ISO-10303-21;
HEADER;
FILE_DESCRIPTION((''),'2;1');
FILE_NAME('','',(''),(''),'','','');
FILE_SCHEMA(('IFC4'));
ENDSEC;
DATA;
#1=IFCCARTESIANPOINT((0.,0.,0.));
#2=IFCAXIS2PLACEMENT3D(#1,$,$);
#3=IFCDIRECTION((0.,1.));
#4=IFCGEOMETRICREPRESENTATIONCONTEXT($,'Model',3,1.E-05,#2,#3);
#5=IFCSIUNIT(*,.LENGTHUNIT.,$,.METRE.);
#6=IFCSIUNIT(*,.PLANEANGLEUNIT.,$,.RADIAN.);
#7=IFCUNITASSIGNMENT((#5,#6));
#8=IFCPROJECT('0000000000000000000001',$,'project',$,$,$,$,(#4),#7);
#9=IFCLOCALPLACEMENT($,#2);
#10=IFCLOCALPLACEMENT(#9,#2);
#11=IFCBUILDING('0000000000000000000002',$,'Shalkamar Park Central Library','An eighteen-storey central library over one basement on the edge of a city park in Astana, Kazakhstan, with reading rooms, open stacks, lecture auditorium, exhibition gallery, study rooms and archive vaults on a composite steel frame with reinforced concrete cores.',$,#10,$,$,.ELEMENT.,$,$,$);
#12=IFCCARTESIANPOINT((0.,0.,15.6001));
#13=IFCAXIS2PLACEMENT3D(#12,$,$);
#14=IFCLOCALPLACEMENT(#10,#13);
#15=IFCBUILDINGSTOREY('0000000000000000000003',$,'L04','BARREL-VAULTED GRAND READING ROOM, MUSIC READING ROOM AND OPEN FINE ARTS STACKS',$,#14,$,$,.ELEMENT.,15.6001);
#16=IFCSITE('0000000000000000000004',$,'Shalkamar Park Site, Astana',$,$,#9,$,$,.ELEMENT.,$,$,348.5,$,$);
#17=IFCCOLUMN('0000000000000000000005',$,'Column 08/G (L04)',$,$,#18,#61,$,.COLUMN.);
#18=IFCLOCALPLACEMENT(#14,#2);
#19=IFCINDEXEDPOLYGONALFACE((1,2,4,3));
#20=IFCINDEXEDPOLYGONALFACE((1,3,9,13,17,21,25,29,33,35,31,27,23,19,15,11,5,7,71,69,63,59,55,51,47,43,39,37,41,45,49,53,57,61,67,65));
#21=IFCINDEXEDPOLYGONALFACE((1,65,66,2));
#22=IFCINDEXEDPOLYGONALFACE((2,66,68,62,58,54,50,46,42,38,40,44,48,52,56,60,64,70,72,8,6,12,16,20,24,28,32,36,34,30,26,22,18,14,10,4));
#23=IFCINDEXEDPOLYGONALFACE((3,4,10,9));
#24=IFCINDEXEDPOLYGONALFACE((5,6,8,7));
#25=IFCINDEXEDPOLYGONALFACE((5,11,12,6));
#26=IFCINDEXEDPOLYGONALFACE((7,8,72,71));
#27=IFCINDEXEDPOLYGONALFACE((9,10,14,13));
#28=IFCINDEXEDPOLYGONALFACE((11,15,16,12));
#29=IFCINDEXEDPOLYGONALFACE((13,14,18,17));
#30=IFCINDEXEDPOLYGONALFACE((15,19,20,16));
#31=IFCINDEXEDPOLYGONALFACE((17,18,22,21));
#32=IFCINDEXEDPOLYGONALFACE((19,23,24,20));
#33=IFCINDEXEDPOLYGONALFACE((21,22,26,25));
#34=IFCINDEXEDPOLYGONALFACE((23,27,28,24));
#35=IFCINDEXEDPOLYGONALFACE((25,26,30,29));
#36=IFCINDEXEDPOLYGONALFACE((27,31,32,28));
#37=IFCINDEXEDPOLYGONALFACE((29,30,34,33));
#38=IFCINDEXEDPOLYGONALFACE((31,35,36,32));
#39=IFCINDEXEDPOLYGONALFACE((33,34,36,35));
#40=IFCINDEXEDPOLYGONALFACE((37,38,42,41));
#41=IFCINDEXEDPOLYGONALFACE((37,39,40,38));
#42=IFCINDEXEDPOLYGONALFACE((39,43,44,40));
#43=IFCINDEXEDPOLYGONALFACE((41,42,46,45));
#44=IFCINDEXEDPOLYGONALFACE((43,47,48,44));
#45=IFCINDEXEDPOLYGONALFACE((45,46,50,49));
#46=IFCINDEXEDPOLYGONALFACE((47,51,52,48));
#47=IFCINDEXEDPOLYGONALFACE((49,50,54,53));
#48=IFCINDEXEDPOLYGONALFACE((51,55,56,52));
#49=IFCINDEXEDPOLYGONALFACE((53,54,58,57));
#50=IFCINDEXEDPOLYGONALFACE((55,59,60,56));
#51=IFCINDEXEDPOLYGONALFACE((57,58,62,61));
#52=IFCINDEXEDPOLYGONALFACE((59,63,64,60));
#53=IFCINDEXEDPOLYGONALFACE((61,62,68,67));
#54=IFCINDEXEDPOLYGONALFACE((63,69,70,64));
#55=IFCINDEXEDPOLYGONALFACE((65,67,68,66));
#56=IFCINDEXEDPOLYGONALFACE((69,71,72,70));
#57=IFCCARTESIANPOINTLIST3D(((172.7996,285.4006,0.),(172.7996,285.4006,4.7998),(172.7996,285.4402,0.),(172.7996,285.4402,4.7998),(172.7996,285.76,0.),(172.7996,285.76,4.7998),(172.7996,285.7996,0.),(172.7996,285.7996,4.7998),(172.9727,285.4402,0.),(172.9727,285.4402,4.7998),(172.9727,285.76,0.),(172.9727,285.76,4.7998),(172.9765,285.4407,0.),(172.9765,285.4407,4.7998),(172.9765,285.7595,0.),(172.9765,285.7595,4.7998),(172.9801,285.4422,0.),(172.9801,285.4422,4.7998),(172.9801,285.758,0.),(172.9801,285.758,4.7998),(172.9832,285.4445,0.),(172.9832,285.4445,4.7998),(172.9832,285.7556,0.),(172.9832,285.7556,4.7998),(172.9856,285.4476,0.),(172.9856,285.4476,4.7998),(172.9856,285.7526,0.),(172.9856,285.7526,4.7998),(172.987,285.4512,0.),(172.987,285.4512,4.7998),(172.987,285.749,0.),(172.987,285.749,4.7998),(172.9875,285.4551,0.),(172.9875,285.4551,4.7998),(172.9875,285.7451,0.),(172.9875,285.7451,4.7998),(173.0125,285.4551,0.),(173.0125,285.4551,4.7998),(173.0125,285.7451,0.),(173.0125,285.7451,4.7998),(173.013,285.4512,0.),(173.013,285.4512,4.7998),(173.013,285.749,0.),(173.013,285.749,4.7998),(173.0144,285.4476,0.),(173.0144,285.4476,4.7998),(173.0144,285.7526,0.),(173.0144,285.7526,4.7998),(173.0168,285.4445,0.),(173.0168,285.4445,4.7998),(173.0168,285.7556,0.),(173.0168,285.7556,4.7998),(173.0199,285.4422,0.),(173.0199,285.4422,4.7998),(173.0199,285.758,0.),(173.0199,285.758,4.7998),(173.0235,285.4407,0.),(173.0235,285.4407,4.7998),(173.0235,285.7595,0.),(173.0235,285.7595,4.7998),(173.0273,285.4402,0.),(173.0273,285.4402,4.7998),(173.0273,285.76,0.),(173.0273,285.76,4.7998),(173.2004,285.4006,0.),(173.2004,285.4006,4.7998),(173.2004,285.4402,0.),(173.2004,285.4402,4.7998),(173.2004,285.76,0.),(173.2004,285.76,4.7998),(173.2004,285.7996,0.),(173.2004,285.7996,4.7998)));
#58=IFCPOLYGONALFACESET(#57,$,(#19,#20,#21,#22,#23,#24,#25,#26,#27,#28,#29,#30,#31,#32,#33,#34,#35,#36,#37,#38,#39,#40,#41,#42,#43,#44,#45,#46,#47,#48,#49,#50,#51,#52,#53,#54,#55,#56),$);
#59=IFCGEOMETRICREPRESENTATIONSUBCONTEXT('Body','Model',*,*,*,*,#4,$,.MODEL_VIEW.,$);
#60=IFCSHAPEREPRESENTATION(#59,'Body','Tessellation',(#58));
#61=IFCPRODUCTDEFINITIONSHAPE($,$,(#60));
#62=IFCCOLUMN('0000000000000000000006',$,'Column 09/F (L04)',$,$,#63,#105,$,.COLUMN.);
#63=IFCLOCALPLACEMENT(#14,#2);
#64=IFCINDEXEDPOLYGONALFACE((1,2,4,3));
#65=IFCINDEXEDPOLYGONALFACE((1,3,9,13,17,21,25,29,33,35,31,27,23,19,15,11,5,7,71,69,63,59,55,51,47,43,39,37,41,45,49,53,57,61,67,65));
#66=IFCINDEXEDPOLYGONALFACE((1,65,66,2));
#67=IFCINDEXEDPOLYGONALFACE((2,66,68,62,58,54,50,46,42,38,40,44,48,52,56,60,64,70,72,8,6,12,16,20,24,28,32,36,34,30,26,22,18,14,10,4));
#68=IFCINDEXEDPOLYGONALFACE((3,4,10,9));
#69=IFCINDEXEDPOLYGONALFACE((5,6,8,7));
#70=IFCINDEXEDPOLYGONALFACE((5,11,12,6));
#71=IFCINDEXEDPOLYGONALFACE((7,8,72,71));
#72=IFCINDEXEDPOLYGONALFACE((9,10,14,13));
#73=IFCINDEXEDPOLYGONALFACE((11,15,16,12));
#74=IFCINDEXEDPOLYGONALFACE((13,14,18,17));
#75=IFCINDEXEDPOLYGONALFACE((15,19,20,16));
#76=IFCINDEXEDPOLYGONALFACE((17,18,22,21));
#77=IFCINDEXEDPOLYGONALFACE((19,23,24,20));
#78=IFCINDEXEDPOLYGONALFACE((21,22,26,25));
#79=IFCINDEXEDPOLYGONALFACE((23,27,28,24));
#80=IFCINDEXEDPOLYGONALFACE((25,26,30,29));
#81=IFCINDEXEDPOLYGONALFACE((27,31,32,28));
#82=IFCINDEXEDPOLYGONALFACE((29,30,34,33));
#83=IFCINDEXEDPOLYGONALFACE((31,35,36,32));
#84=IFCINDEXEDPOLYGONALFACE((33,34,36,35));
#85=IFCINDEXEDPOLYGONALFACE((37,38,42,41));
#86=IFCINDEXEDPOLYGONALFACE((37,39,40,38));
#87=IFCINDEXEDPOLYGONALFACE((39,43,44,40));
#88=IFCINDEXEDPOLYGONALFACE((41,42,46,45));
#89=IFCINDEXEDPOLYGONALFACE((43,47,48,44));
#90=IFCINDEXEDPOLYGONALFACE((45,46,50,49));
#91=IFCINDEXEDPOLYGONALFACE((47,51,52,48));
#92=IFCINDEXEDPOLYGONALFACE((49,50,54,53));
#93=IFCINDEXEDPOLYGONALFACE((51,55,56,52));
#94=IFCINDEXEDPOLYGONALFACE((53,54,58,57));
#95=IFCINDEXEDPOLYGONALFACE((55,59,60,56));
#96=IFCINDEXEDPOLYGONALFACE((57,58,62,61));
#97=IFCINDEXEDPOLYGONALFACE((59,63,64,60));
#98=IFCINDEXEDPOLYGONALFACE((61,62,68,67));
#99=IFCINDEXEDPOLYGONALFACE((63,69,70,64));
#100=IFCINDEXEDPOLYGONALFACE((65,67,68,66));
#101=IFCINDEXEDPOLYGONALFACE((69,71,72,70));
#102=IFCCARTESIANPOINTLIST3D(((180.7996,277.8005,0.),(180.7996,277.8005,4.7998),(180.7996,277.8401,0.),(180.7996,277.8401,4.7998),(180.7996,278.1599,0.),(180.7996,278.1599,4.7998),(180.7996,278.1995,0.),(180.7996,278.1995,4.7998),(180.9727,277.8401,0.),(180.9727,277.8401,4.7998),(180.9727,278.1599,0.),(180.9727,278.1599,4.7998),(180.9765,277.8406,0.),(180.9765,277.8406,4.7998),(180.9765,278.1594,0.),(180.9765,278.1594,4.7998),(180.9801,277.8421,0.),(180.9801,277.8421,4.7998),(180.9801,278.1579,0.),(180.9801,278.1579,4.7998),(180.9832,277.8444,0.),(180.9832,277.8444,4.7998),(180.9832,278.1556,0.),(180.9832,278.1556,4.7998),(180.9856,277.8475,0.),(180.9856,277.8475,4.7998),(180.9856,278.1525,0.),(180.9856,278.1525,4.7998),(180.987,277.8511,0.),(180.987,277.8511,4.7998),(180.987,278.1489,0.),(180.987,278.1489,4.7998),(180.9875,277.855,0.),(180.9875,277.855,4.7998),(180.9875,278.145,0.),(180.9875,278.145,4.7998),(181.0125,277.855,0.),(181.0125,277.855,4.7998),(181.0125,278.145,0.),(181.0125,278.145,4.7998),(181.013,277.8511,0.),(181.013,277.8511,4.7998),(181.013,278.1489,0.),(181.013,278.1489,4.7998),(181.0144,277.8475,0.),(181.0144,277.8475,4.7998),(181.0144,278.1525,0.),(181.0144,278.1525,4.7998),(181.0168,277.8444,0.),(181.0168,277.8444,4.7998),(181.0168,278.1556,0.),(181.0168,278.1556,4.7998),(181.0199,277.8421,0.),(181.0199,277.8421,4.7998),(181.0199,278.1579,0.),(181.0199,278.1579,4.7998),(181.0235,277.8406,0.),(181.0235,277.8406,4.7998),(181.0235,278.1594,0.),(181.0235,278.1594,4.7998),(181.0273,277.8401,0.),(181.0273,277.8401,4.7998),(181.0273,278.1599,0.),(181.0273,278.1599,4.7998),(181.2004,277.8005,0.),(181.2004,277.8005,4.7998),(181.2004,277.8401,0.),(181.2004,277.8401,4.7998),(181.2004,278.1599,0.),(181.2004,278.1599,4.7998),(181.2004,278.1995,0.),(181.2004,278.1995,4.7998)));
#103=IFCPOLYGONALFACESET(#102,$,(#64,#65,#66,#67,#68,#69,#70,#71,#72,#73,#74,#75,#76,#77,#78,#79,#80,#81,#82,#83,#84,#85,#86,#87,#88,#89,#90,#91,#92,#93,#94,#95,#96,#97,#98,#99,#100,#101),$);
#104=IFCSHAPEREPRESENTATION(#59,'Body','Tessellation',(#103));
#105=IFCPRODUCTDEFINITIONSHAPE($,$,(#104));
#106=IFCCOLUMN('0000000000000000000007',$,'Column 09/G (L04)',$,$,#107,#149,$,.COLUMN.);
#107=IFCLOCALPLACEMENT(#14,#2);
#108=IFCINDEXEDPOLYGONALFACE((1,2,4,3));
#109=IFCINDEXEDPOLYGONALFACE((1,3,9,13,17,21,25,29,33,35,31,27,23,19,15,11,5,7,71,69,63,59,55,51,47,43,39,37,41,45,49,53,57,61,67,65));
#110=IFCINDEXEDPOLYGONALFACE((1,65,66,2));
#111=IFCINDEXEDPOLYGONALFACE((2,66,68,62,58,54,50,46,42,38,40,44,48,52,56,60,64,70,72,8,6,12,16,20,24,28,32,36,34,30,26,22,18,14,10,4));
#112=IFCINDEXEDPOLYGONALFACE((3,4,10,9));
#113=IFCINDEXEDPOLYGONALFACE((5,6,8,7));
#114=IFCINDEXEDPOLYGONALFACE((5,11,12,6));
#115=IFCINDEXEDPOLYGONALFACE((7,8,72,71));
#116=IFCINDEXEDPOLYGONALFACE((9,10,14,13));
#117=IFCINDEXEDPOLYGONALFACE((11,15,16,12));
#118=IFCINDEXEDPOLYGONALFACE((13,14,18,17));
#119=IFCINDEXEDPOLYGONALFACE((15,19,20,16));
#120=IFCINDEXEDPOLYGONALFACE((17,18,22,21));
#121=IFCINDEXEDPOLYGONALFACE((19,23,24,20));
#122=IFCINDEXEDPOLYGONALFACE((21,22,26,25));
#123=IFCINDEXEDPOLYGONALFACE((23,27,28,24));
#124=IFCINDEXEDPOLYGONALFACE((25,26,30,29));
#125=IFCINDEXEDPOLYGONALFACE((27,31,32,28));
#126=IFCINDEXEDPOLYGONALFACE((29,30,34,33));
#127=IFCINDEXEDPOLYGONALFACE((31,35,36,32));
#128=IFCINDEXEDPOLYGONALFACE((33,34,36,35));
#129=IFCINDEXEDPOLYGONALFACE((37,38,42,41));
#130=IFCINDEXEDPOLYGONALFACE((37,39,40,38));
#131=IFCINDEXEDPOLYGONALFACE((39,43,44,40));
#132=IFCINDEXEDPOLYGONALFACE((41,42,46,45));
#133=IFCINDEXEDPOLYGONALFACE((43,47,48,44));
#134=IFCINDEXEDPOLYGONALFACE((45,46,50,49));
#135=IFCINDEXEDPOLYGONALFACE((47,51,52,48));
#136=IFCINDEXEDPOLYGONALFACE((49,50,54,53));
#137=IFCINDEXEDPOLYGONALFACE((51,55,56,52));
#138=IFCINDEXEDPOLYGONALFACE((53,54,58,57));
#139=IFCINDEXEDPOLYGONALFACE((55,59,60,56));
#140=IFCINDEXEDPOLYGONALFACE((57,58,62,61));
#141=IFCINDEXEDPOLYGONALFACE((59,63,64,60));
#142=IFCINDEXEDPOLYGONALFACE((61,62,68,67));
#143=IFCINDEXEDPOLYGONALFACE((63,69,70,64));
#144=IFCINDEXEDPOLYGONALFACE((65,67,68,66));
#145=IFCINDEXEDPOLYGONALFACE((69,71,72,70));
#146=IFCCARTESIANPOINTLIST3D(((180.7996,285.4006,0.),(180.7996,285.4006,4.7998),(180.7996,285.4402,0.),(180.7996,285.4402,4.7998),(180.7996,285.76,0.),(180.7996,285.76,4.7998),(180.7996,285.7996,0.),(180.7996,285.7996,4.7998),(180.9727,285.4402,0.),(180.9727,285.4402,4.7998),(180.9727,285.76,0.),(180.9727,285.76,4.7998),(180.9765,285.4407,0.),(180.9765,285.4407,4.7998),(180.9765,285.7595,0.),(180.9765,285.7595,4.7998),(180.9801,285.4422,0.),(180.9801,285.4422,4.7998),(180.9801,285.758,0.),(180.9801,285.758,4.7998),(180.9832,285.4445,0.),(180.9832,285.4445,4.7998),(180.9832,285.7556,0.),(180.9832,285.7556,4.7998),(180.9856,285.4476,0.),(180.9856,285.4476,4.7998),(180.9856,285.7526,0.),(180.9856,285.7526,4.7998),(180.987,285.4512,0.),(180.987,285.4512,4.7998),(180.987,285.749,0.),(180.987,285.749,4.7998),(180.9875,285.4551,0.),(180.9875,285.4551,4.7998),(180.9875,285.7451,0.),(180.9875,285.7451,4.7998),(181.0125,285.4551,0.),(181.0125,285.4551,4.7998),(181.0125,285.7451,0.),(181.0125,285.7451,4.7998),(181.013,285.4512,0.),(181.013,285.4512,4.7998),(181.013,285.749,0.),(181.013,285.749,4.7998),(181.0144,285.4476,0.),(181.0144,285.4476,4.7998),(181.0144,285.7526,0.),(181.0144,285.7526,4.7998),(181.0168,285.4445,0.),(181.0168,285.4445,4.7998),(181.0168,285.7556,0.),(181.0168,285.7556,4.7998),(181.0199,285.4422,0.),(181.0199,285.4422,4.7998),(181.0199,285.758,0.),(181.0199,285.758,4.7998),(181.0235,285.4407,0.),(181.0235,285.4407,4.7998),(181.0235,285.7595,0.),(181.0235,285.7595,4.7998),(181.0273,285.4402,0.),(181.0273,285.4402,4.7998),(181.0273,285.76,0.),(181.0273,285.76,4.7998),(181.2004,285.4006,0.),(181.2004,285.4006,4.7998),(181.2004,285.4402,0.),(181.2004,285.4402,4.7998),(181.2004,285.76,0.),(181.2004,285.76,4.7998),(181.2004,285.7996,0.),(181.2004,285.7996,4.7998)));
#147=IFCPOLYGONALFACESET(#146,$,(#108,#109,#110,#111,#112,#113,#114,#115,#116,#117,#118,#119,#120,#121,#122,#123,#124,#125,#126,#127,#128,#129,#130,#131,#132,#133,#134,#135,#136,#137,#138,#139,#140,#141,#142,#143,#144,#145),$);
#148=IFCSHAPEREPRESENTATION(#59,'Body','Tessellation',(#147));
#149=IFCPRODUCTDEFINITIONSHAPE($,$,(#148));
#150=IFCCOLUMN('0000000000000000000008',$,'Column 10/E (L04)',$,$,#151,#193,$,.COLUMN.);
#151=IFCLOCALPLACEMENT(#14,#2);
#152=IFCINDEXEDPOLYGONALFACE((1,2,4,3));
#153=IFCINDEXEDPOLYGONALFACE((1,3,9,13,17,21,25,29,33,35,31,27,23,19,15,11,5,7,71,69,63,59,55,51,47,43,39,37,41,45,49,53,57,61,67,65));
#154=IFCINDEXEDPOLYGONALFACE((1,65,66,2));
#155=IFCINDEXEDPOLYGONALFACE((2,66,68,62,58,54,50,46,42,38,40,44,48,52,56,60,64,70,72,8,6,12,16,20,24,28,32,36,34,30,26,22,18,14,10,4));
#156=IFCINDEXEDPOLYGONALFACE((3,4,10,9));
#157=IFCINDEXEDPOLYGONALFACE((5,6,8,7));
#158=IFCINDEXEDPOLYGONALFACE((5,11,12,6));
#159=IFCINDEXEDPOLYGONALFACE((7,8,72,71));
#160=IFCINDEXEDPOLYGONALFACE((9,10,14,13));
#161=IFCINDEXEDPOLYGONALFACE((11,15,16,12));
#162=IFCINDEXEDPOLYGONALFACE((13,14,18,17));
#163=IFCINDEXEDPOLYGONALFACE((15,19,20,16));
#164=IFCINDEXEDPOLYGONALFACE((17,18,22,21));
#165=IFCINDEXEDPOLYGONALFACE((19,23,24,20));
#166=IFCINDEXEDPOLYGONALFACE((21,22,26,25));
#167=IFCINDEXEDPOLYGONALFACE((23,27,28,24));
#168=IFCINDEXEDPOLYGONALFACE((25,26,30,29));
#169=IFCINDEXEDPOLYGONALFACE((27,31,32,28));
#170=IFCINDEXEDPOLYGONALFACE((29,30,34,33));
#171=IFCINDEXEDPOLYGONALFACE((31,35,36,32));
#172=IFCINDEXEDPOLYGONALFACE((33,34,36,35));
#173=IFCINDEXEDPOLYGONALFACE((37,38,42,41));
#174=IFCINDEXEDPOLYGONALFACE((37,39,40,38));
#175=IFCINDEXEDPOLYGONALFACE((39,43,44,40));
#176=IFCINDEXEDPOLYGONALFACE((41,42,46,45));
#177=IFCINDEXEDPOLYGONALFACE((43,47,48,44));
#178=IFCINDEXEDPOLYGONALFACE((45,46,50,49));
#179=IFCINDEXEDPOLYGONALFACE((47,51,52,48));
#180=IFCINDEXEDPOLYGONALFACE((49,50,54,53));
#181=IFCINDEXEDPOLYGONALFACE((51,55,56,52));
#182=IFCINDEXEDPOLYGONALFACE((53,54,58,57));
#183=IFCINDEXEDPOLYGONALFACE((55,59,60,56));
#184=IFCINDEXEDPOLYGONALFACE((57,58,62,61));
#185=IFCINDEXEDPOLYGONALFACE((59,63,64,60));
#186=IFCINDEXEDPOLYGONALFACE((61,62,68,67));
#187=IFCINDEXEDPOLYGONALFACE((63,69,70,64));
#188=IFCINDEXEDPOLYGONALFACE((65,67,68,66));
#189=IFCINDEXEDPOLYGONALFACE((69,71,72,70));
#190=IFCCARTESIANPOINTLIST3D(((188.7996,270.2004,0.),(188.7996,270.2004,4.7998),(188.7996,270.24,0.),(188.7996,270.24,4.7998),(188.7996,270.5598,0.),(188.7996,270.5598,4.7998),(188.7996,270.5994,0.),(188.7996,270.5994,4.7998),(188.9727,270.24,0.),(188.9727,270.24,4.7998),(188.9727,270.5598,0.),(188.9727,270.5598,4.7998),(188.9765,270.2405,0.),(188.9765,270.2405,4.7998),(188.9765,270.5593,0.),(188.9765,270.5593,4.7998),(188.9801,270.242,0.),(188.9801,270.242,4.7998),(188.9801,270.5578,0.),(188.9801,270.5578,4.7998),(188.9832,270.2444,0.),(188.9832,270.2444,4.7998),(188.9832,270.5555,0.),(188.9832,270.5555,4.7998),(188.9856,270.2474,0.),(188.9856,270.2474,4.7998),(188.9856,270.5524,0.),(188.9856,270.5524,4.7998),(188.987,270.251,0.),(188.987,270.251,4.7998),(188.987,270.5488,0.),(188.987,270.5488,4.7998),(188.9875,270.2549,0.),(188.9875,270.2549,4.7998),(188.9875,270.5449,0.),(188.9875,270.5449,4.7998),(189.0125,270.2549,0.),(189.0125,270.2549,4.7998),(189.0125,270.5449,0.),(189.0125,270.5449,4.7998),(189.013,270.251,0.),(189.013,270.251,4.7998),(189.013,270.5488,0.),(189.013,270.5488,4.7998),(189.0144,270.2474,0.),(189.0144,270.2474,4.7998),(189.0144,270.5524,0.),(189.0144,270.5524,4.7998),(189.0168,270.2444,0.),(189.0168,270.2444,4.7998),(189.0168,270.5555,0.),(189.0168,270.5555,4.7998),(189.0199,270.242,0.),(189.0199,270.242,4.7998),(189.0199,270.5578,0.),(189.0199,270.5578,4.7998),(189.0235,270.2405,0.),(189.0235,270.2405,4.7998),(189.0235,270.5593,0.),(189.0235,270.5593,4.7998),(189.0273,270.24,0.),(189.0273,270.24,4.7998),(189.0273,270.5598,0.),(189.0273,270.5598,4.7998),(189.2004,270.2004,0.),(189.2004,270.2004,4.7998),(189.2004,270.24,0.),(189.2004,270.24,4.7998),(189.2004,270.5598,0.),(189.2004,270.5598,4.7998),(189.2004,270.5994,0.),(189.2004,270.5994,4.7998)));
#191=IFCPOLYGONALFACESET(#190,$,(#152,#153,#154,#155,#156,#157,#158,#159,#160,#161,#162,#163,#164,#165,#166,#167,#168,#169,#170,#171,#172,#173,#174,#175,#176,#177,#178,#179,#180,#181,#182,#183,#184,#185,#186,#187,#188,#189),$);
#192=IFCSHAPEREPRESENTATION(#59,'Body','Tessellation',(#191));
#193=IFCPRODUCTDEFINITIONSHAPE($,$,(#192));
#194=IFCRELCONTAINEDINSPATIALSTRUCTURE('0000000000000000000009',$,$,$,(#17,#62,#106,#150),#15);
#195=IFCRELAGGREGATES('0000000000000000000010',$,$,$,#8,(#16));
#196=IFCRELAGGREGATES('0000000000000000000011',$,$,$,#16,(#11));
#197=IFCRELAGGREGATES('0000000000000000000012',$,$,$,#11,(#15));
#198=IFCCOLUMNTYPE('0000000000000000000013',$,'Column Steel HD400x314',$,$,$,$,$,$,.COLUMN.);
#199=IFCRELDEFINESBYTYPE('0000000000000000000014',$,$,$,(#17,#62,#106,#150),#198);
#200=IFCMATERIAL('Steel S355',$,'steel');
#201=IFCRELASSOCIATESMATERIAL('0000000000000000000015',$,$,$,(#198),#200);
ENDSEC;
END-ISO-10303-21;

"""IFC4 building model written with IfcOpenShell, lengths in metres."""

from ifc_helpers import new_model, si_unit, direction, frame, origin, origin_2d, place, context, subcontext, project, spatial, i_section, extrude, material, material_profile, profile_set, type_object, element, save


model = new_model("IFC4")

# Units and contexts
model_context = context("Model", 3, precision=1e-05, world=origin(), true_north=direction((0.0, 1.0)))
body_context = subcontext(model_context, "Body", "Model", "MODEL_VIEW")
ifc_project = project(units=[si_unit("LENGTHUNIT", "METRE"), si_unit("PLANEANGLEUNIT", "RADIAN")], contexts=[model_context])

# Site, building, storey
site_placement = place(None, origin())
site = spatial("IfcSite", under=ifc_project, at=site_placement, Name="Shalkamar Park Site, Astana", CompositionType="ELEMENT", RefElevation=348.5)
building_placement = place(site_placement, origin())
building = spatial("IfcBuilding", under=site, at=building_placement, Name="Shalkamar Park Central Library", Description="An eighteen-storey central library over one basement on the edge of a city park in Astana, Kazakhstan, with reading rooms, open stacks, lecture auditorium, exhibition gallery, study rooms and archive vaults on a composite steel frame with reinforced concrete cores.", CompositionType="ELEMENT")
storey_placement = place(building_placement, frame((0.0, 0.0, 15.6001)))
storey = spatial("IfcBuildingStorey", under=building, at=storey_placement, Name="L04", Description="BARREL-VAULTED GRAND READING ROOM, MUSIC READING ROOM AND OPEN FINE ARTS STACKS", CompositionType="ELEMENT", Elevation=15.6001)

# Columns
ifc_material = material(Name="Steel S355", Category="steel")
ifc_material_profile_1 = material_profile(ifc_material, i_section(OverallWidth=0.4009, OverallDepth=0.3989, WebThickness=0.0249, FlangeThickness=0.0396, FilletRadius=0.0149, at=origin_2d()), Name="HD 400x314")
ifc_profile_set_1 = profile_set([ifc_material_profile_1], Name="Steel S355")
column_type = type_object("IfcColumnType", Name="Column Steel HD400x314", PredefinedType="COLUMN", material=ifc_profile_set_1)
for number, where, z_axis, x_axis, name in (
    (1, (173.0, 285.6001, 0.0), (0.0, 0.0, 1.0), (1.0, 0.0, 0.0), "Column 08/G (L04)"),
    (2, (181.0, 278.0, 0.0), (0.0, 0.0, 1.0), (1.0, 0.0, 0.0), "Column 09/F (L04)"),
    (3, (181.0, 285.6001, 0.0), (0.0, 0.0, 1.0), (1.0, 0.0, 0.0), "Column 09/G (L04)"),
    (4, (189.0, 270.3999, 0.0), (0.0, 0.0, 1.0), (1.0, 0.0, 0.0), "Column 10/E (L04)"),
):
    element("IfcColumn", number, at=place(storey_placement, frame(where, z_axis=z_axis, x_axis=x_axis)), inside=storey, type_object=column_type, Name=name, PredefinedType="COLUMN", context=body_context, shape_type="SweptSolid", body=[
        extrude(i_section(OverallWidth=0.4009, OverallDepth=0.3989, WebThickness=0.0249, FlangeThickness=0.0396, FilletRadius=0.0149, at=origin_2d()), origin(), (0.0, 0.0, 1.0), 4.7998),
    ])

save(model, "model.ifc")
